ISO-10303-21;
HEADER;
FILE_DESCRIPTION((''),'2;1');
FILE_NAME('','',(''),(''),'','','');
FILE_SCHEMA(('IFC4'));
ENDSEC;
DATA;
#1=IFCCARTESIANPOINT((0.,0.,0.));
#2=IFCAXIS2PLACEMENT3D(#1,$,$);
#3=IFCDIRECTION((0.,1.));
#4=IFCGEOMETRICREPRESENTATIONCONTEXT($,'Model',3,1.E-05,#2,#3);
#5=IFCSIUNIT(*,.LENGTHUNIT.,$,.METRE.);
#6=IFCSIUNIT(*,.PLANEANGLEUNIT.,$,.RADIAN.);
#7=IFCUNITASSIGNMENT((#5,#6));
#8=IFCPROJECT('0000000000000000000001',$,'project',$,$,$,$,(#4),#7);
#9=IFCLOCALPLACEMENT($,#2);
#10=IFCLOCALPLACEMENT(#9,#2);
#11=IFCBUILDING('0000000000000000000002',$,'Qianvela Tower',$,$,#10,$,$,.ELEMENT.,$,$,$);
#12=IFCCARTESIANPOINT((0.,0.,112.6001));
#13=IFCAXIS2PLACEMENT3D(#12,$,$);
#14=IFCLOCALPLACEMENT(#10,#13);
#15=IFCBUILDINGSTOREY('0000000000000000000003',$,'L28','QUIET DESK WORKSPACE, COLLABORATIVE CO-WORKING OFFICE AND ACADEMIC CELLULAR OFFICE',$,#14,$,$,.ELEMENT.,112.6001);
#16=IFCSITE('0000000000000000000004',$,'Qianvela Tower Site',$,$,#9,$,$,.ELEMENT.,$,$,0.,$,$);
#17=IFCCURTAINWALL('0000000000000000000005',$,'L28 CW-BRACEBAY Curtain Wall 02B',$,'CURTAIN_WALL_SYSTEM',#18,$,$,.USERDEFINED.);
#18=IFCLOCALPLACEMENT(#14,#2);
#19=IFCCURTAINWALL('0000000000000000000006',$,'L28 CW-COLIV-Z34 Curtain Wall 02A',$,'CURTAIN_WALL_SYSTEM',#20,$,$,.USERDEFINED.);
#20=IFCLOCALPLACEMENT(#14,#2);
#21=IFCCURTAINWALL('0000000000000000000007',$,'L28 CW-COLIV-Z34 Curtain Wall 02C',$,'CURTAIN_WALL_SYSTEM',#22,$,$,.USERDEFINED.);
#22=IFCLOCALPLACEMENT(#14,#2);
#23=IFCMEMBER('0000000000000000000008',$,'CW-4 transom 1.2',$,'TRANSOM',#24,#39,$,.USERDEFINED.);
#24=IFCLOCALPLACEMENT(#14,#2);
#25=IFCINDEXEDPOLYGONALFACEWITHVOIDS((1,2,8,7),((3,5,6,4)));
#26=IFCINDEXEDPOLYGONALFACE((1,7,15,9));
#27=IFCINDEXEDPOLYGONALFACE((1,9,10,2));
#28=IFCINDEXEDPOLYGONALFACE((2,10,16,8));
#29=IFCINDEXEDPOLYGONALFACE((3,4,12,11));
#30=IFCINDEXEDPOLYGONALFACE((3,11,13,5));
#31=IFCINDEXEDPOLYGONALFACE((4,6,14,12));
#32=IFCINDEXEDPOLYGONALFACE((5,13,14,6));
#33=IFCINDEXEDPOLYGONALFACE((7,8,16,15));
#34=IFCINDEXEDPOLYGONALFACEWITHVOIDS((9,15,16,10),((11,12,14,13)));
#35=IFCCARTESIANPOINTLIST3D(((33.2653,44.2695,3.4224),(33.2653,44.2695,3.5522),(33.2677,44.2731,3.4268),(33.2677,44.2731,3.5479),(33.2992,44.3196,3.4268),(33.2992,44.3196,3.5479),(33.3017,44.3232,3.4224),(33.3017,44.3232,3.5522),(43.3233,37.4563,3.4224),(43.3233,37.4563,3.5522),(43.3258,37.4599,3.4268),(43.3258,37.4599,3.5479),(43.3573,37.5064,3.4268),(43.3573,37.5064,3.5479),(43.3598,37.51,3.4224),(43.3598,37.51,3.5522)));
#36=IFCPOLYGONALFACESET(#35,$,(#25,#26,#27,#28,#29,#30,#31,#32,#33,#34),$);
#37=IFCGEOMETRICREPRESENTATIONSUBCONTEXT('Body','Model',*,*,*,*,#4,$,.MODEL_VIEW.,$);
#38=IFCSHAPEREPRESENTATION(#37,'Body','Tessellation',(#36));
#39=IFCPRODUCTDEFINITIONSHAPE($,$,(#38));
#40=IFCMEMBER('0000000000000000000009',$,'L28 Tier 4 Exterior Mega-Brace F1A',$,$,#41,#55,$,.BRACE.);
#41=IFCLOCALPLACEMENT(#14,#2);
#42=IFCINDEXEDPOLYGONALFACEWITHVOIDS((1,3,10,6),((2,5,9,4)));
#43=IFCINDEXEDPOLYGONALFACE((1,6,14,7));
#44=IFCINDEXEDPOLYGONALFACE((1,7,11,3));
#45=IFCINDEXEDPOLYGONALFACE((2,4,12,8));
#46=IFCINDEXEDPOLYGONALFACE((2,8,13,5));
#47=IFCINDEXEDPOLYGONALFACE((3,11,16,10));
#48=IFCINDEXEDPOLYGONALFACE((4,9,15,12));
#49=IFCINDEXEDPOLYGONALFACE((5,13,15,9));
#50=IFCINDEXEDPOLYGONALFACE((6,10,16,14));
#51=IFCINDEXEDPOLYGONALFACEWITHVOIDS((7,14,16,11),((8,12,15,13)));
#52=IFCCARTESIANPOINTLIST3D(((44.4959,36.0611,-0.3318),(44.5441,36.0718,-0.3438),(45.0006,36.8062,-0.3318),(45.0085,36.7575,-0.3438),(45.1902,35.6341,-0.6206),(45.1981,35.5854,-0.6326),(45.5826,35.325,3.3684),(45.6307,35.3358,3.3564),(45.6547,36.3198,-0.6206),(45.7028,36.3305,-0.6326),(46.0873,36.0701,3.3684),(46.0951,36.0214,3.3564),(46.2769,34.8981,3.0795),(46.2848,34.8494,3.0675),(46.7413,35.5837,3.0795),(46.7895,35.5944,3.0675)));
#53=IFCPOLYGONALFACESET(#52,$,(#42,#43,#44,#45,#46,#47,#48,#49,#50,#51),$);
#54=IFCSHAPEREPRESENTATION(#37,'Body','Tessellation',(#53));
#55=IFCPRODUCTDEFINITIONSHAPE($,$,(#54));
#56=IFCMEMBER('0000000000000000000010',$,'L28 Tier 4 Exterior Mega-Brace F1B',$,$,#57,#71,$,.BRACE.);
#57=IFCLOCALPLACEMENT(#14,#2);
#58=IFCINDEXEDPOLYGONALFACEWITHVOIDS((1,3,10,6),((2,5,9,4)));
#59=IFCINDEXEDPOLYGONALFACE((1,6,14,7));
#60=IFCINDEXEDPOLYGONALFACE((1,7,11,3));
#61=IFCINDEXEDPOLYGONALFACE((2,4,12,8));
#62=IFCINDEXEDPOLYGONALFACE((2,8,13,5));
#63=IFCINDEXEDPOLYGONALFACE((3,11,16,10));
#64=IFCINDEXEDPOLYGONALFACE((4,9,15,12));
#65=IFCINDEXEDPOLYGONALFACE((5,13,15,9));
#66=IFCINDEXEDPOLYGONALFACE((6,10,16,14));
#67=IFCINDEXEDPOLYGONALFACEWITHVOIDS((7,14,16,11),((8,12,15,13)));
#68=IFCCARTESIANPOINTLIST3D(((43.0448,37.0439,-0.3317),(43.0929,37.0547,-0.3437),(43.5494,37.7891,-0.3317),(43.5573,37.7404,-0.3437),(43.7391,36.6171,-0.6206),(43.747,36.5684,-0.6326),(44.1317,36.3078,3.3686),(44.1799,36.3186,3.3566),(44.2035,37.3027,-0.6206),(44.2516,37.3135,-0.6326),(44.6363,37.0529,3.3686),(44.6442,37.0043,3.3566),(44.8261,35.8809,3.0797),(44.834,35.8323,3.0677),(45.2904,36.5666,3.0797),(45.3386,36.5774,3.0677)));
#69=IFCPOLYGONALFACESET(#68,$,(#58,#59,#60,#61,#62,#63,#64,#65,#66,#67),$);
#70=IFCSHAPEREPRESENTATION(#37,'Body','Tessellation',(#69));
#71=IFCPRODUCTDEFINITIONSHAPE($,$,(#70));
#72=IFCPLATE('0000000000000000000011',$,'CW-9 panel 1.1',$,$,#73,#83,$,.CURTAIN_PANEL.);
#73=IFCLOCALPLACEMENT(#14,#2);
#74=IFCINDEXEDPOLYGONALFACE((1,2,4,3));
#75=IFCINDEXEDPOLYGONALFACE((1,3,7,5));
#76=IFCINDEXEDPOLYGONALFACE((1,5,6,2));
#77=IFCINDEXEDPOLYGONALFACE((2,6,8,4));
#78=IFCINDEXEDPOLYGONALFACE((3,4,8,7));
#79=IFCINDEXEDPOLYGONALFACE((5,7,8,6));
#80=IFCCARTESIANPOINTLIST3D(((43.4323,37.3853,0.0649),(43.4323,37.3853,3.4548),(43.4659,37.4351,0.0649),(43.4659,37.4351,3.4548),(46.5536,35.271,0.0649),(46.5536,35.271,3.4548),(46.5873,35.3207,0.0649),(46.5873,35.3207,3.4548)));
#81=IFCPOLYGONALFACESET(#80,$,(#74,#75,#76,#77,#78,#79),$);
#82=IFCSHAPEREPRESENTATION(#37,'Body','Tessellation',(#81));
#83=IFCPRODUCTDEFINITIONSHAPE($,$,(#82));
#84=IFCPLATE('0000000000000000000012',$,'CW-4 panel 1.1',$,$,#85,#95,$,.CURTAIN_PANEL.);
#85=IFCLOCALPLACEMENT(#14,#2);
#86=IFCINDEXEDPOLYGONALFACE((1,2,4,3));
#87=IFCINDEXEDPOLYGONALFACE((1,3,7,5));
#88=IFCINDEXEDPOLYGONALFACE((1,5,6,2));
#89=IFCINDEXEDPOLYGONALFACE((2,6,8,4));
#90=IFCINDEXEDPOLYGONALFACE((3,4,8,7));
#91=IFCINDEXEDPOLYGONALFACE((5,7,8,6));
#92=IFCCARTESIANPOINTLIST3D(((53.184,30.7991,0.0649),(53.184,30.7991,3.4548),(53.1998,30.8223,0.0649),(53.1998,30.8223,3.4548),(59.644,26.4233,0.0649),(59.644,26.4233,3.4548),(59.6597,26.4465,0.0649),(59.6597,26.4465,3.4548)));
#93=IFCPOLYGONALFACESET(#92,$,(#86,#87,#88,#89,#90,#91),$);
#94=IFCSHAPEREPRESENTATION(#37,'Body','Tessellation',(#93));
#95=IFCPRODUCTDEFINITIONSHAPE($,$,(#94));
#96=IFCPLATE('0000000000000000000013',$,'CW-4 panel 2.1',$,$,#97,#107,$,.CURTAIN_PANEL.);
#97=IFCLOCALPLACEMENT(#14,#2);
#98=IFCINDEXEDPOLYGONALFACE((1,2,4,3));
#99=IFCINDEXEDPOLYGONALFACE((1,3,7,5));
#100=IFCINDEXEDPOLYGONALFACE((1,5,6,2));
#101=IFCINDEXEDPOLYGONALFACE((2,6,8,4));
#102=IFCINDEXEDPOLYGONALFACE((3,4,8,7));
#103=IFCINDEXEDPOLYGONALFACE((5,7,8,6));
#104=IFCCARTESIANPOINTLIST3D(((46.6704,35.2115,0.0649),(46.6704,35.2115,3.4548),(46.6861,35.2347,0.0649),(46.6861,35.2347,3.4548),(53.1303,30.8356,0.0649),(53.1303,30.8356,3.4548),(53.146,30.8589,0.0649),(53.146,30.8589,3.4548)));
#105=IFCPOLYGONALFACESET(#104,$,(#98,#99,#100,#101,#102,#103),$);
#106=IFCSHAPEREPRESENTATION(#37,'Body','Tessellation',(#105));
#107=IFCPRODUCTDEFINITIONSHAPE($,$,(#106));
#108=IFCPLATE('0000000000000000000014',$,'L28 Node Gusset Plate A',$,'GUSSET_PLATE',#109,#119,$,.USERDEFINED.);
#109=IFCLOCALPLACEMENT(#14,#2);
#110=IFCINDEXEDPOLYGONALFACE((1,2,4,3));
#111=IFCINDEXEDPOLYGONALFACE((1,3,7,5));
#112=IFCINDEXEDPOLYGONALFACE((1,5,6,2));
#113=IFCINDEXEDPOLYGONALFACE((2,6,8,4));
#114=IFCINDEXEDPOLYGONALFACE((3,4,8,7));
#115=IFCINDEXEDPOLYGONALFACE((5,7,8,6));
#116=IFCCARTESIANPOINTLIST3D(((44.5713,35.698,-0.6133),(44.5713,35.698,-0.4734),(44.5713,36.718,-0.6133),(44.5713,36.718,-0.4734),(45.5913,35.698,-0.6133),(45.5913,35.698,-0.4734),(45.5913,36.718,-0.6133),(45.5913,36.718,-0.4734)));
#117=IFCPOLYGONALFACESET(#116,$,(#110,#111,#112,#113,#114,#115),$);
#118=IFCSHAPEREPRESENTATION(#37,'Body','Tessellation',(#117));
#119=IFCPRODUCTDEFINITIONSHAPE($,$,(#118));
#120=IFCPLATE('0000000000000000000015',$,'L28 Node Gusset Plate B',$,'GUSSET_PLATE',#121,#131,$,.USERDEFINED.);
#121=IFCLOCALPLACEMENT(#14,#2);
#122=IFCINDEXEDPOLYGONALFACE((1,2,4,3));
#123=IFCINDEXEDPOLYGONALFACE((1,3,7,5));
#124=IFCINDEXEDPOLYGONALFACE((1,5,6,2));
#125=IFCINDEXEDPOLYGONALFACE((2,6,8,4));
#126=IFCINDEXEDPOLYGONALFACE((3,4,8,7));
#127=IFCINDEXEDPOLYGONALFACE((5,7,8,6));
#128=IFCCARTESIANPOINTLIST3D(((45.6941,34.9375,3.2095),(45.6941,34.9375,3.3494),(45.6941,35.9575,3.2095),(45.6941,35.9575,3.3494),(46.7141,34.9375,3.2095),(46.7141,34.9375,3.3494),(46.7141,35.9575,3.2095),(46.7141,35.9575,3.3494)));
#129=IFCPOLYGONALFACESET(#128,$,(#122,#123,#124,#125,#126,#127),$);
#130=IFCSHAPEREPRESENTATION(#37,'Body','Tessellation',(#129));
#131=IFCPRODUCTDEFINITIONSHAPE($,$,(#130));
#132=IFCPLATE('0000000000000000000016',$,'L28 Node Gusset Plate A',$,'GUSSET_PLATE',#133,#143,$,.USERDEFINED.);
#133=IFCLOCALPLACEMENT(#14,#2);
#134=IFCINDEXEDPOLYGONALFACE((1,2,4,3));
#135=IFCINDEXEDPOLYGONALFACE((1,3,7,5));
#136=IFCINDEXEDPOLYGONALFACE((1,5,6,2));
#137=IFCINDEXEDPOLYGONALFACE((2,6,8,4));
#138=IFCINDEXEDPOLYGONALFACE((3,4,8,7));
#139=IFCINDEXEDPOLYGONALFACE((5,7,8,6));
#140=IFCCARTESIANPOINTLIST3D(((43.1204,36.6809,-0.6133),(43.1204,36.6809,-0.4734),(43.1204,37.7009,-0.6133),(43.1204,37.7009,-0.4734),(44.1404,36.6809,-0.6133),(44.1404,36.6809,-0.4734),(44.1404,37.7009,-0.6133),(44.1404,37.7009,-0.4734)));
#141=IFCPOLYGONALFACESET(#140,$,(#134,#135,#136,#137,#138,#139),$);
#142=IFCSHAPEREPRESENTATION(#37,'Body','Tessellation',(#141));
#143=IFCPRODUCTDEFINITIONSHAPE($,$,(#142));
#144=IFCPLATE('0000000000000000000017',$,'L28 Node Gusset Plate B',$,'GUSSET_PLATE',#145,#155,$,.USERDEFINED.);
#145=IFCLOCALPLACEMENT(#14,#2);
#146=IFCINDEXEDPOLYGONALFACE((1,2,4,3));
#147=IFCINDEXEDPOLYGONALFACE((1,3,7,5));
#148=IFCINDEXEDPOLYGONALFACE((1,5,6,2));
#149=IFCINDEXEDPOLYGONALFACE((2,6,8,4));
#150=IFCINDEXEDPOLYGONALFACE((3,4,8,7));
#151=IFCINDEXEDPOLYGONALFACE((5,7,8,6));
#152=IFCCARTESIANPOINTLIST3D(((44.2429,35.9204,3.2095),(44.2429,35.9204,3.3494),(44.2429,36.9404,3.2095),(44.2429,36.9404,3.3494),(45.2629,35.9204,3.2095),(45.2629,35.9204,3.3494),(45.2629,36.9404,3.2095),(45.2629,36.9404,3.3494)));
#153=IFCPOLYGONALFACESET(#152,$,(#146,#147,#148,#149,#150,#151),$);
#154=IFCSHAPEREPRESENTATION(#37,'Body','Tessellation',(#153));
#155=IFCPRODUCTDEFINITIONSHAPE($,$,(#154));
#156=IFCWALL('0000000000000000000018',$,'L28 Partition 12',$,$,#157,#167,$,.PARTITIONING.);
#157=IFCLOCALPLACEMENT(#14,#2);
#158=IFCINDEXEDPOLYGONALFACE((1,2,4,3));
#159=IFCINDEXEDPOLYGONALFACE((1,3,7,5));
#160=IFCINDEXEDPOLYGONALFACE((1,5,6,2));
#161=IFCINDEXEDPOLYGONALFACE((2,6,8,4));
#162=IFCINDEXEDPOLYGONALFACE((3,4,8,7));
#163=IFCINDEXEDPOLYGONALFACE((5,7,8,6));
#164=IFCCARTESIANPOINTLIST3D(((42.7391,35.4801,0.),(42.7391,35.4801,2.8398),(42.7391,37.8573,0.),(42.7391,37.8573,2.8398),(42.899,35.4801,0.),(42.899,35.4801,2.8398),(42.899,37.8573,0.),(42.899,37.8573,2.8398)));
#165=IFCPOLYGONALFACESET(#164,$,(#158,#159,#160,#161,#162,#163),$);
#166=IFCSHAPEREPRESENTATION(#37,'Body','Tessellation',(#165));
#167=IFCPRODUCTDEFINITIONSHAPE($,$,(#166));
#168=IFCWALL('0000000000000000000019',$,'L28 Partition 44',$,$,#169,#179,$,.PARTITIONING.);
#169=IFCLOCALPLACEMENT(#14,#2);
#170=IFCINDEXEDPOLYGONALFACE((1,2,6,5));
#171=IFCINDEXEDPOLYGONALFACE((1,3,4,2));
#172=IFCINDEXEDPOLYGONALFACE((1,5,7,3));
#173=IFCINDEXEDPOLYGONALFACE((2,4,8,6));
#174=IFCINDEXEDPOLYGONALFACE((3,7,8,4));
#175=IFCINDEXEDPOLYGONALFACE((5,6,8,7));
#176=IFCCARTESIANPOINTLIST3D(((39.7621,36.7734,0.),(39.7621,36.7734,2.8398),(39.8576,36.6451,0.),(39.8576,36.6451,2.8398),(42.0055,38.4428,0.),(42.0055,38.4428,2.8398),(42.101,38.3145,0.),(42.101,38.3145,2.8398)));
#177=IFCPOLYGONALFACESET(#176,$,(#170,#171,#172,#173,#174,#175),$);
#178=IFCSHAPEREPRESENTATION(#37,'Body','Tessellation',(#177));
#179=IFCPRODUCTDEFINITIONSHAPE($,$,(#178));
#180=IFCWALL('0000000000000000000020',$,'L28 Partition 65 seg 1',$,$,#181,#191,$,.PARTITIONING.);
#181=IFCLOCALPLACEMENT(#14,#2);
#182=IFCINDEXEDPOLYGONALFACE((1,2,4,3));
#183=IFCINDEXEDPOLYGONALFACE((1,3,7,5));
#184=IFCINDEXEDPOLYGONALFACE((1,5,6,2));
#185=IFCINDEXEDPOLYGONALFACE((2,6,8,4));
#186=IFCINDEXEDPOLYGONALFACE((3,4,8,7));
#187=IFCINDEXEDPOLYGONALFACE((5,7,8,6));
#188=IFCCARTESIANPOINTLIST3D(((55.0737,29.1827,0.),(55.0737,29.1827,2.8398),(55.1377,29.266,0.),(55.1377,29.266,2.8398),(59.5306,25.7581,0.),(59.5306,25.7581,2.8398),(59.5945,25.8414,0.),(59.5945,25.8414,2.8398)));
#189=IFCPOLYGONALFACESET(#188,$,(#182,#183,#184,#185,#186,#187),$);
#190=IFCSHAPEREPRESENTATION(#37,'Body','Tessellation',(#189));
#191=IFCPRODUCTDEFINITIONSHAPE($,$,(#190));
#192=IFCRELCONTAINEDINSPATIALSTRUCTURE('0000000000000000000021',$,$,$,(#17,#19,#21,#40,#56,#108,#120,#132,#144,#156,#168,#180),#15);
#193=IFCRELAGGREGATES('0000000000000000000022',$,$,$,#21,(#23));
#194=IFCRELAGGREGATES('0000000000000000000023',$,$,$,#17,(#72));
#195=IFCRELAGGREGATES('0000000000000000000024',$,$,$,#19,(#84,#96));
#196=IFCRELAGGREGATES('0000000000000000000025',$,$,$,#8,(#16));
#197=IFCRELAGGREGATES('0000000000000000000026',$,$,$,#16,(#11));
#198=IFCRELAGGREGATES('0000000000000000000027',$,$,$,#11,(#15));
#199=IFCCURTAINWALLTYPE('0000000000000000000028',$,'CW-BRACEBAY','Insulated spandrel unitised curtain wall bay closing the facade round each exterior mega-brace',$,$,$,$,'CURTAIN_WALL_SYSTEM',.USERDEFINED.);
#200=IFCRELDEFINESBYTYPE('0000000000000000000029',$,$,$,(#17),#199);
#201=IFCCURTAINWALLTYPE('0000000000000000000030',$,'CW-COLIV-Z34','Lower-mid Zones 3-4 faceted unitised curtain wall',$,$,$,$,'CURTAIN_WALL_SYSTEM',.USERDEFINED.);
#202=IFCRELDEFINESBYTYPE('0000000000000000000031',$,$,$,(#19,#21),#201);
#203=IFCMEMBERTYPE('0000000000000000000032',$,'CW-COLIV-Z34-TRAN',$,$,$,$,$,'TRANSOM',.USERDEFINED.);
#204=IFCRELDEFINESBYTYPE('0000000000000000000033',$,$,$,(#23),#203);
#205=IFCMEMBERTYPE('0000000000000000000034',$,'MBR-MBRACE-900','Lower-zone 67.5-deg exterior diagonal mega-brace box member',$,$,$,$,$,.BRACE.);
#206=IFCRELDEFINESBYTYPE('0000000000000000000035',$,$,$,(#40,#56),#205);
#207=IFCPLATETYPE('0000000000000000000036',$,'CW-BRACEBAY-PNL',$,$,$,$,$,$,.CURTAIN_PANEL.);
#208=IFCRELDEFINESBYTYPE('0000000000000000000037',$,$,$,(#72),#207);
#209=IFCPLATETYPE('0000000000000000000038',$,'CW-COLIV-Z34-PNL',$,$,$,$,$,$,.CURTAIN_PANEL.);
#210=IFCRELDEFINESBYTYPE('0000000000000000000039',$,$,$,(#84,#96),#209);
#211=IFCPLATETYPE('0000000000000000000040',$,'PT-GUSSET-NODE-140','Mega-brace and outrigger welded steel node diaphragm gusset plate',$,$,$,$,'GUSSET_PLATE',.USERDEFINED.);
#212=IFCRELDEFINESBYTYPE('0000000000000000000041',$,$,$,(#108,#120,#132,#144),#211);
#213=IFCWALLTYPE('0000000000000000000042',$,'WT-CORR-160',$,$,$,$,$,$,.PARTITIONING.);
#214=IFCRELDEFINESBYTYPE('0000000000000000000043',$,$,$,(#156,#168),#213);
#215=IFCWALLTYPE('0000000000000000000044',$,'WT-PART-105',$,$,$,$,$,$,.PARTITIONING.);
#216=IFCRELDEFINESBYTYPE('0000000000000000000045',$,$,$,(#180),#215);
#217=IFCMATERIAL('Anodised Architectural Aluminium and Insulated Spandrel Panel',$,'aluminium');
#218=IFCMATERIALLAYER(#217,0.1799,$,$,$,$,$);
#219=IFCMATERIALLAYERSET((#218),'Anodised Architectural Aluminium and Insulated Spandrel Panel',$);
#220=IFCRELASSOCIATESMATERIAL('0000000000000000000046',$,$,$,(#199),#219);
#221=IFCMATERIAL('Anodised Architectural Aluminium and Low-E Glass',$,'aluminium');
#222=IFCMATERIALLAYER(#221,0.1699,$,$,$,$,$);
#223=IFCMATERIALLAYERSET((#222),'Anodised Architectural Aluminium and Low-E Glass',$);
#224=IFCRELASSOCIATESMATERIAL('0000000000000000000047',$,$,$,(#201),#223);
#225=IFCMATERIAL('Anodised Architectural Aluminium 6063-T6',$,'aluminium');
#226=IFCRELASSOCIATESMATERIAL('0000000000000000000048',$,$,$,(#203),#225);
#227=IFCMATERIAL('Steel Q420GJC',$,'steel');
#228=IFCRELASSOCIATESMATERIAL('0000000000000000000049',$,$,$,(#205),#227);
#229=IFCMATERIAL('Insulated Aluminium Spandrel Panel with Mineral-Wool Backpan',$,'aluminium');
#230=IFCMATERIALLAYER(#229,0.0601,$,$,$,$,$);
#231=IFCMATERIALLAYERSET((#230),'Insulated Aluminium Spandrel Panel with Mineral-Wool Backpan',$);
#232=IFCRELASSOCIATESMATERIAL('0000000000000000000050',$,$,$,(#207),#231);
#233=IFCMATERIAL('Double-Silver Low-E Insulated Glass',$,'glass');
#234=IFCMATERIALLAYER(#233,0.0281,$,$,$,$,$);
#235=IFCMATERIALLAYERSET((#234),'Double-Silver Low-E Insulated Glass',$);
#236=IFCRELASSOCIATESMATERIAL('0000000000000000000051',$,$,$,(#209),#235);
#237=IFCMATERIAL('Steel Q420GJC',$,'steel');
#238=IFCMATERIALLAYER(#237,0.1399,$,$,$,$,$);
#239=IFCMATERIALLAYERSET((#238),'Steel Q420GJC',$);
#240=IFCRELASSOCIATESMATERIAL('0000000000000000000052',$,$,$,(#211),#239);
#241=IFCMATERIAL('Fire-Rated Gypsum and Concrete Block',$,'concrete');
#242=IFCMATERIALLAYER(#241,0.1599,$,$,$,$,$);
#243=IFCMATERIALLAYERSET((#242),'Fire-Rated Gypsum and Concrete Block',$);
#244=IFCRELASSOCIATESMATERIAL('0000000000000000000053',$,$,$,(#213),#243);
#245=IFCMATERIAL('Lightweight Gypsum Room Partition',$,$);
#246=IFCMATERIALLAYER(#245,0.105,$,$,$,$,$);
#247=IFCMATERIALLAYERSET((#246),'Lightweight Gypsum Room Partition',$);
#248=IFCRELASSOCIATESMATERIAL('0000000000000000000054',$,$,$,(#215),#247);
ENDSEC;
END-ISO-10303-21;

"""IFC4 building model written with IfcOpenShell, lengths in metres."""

from ifc_helpers import new_model, si_unit, direction, frame, frame_2d, origin, origin_2d, place, context, subcontext, project, spatial, rectangle, hollow_rectangle, extrude, material, layer, layer_set, material_profile, profile_set, type_object, element, aggregate, save


model = new_model("IFC4")

# Units and contexts
model_context = context("Model", 3, precision=1e-05, world=origin(), true_north=direction((0.0, 1.0)))
body_context = subcontext(model_context, "Body", "Model", "MODEL_VIEW")
ifc_project = project(units=[si_unit("LENGTHUNIT", "METRE"), si_unit("PLANEANGLEUNIT", "RADIAN")], contexts=[model_context])

# Site, building, storey
site_placement = place(None, origin())
site = spatial("IfcSite", under=ifc_project, at=site_placement, Name="Qianvela Tower Site", CompositionType="ELEMENT", RefElevation=0.0)
building_placement = place(site_placement, origin())
building = spatial("IfcBuilding", under=site, at=building_placement, Name="Qianvela Tower", CompositionType="ELEMENT")
storey_placement = place(building_placement, frame((0.0, 0.0, 112.6001)))
storey = spatial("IfcBuildingStorey", under=building, at=storey_placement, Name="L28", Description="QUIET DESK WORKSPACE, COLLABORATIVE CO-WORKING OFFICE AND ACADEMIC CELLULAR OFFICE", CompositionType="ELEMENT", Elevation=112.6001)

# Curtain walls
ifc_material_1 = material(Name="Anodised Architectural Aluminium and Insulated Spandrel Panel", Category="aluminium")
ifc_layer_1 = layer(ifc_material_1, 0.1799)
ifc_layer_set_1 = layer_set([ifc_layer_1], Name="Anodised Architectural Aluminium and Insulated Spandrel Panel")
curtain_wall_type_1 = type_object("IfcCurtainWallType", Name="CW-BRACEBAY", Description="Insulated spandrel unitised curtain wall bay closing the facade round each exterior mega-brace", ElementType="CURTAIN_WALL_SYSTEM", PredefinedType="USERDEFINED", material=ifc_layer_set_1)
curtain_wall_1_placement = place(storey_placement, origin())
curtain_wall_1 = element("IfcCurtainWall", 1, at=curtain_wall_1_placement, inside=storey, type_object=curtain_wall_type_1, Name="L28 CW-BRACEBAY Curtain Wall 02B", ObjectType="CURTAIN_WALL_SYSTEM", PredefinedType="USERDEFINED")
ifc_material_2 = material(Name="Anodised Architectural Aluminium and Low-E Glass", Category="aluminium")
ifc_layer_2 = layer(ifc_material_2, 0.1699)
ifc_layer_set_2 = layer_set([ifc_layer_2], Name="Anodised Architectural Aluminium and Low-E Glass")
curtain_wall_type_2 = type_object("IfcCurtainWallType", Name="CW-COLIV-Z34", Description="Lower-mid Zones 3-4 faceted unitised curtain wall", ElementType="CURTAIN_WALL_SYSTEM", PredefinedType="USERDEFINED", material=ifc_layer_set_2)
curtain_wall_2_placement = place(storey_placement, origin())
curtain_wall_2 = element("IfcCurtainWall", 2, at=curtain_wall_2_placement, inside=storey, type_object=curtain_wall_type_2, Name="L28 CW-COLIV-Z34 Curtain Wall 02A", ObjectType="CURTAIN_WALL_SYSTEM", PredefinedType="USERDEFINED")

# Curtain wall
curtain_wall_3_placement = place(storey_placement, origin())
curtain_wall_3 = element("IfcCurtainWall", 3, at=curtain_wall_3_placement, inside=storey, type_object=curtain_wall_type_2, Name="L28 CW-COLIV-Z34 Curtain Wall 02C", ObjectType="CURTAIN_WALL_SYSTEM", PredefinedType="USERDEFINED")

# Member
ifc_material_3 = material(Name="Anodised Architectural Aluminium 6063-T6", Category="aluminium")
ifc_material_profile_1 = material_profile(ifc_material_3, hollow_rectangle(XDim=0.0649, YDim=0.1299, WallThickness=0.0044, at=origin_2d()), Name="ALU-TRAN-65x130")
ifc_profile_set_1 = profile_set([ifc_material_profile_1], Name="Anodised Architectural Aluminium 6063-T6")
member_type_1 = type_object("IfcMemberType", Name="CW-COLIV-Z34-TRAN", ElementType="TRANSOM", PredefinedType="USERDEFINED", material=ifc_profile_set_1)
member_1_placement = place(storey_placement, frame((43.3416, 37.4832, 3.4873), z_axis=(-0.827931, 0.56083, 0.0), x_axis=(-0.56083, -0.827931, 0.0)))
member_1 = element("IfcMember", 4, at=member_1_placement, type_object=member_type_1, Name="CW-4 transom 1.2", ObjectType="TRANSOM", PredefinedType="USERDEFINED", context=body_context, shape_type="SweptSolid", body=[
    extrude(hollow_rectangle(XDim=0.0649, YDim=0.1299, WallThickness=0.0044, at=origin_2d()), origin(), (0.0, 0.0, 1.0), 12.1484),
])
aggregate(curtain_wall_3, [member_1])

# Members
ifc_material_4 = material(Name="Steel Q420GJC", Category="steel")
ifc_material_profile_2 = material_profile(ifc_material_4, hollow_rectangle(XDim=0.8999, YDim=0.8999, WallThickness=0.0359, at=origin_2d()), Name="MBOX-900x900x36")
ifc_profile_set_2 = profile_set([ifc_material_profile_2], Name="Steel Q420GJC")
member_type_2 = type_object("IfcMemberType", Name="MBR-MBRACE-900", Description="Lower-zone 67.5-deg exterior diagonal mega-brace box member", PredefinedType="BRACE", material=ifc_profile_set_2)
member_2_placement = place(storey_placement, frame((45.0994, 36.1958, -0.4822), z_axis=(0.276782, -0.187486, 0.942465), x_axis=(0.560823, 0.827935, 0.0)))
element("IfcMember", 5, at=member_2_placement, inside=storey, type_object=member_type_2, Name="L28 Tier 4 Exterior Mega-Brace F1A", PredefinedType="BRACE", context=body_context, shape_type="SweptSolid", body=[
    extrude(hollow_rectangle(XDim=0.8999, YDim=0.8999, WallThickness=0.0359, at=origin_2d()), origin(), (0.0, 0.0, 1.0), 3.926),
])
member_3_placement = place(storey_placement, frame((43.6482, 37.1787, -0.4822), z_axis=(0.27684, -0.187482, 0.942449), x_axis=(0.560737, 0.827994, 0.0)))
element("IfcMember", 6, at=member_3_placement, inside=storey, type_object=member_type_2, Name="L28 Tier 4 Exterior Mega-Brace F1B", PredefinedType="BRACE", context=body_context, shape_type="SweptSolid", body=[
    extrude(hollow_rectangle(XDim=0.8999, YDim=0.8999, WallThickness=0.0359, at=origin_2d()), origin(), (0.0, 0.0, 1.0), 3.9263),
])

# Plates
ifc_material_5 = material(Name="Insulated Aluminium Spandrel Panel with Mineral-Wool Backpan", Category="aluminium")
ifc_layer_3 = layer(ifc_material_5, 0.0601)
ifc_layer_set_3 = layer_set([ifc_layer_3], Name="Insulated Aluminium Spandrel Panel with Mineral-Wool Backpan")
plate_type_1 = type_object("IfcPlateType", Name="CW-BRACEBAY-PNL", PredefinedType="CURTAIN_PANEL", material=ifc_layer_set_3)
plate_1_placement = place(storey_placement, frame((45.0098, 36.353, 0.0649), z_axis=(0.0, 0.0, 1.0), x_axis=(-0.827933, 0.560827, 0.0)))
plate_1 = element("IfcPlate", 7, at=plate_1_placement, type_object=plate_type_1, Name="CW-9 panel 1.1", PredefinedType="CURTAIN_PANEL", context=body_context, shape_type="SweptSolid", body=[
    extrude(rectangle(XDim=3.77, YDim=0.0601, at=origin_2d()), origin(), (0.0, 0.0, 1.0), 3.3899),
])
aggregate(curtain_wall_1, [plate_1])
ifc_material_6 = material(Name="Double-Silver Low-E Insulated Glass", Category="glass")
ifc_layer_4 = layer(ifc_material_6, 0.0281)
ifc_layer_set_4 = layer_set([ifc_layer_4], Name="Double-Silver Low-E Insulated Glass")
plate_type_2 = type_object("IfcPlateType", Name="CW-COLIV-Z34-PNL", PredefinedType="CURTAIN_PANEL", material=ifc_layer_set_4)
plate_2_placement = place(storey_placement, frame((56.4219, 28.6228, 0.0649), z_axis=(0.0, 0.0, 1.0), x_axis=(-0.827933, 0.560827, 0.0)))
plate_2 = element("IfcPlate", 8, at=plate_2_placement, type_object=plate_type_2, Name="CW-4 panel 1.1", PredefinedType="CURTAIN_PANEL", context=body_context, shape_type="SweptSolid", body=[
    extrude(rectangle(XDim=7.8025, YDim=0.0281, at=origin_2d()), origin(), (0.0, 0.0, 1.0), 3.3899),
])
plate_3_placement = place(storey_placement, frame((49.9082, 33.0352, 0.0649), z_axis=(0.0, 0.0, 1.0), x_axis=(-0.827933, 0.560827, 0.0)))
plate_3 = element("IfcPlate", 9, at=plate_3_placement, type_object=plate_type_2, Name="CW-4 panel 2.1", PredefinedType="CURTAIN_PANEL", context=body_context, shape_type="SweptSolid", body=[
    extrude(rectangle(XDim=7.8025, YDim=0.0281, at=origin_2d()), origin(), (0.0, 0.0, 1.0), 3.3899),
])
aggregate(curtain_wall_2, [plate_2, plate_3])

# Plates
ifc_material_7 = material(Name="Steel Q420GJC", Category="steel")
ifc_layer_5 = layer(ifc_material_7, 0.1399)
ifc_layer_set_5 = layer_set([ifc_layer_5], Name="Steel Q420GJC")
plate_type_3 = type_object("IfcPlateType", Name="PT-GUSSET-NODE-140", Description="Mega-brace and outrigger welded steel node diaphragm gusset plate", ElementType="GUSSET_PLATE", PredefinedType="USERDEFINED", material=ifc_layer_set_5)
for number, where, z_axis, x_axis, name in (
    (10, (45.0813, 36.208, -0.6133), (0.0, 0.0, 1.0), (1.0, 0.0, 0.0), "L28 Node Gusset Plate A"),
    (11, (46.2041, 35.4475, 3.2095), (0.0, 0.0, 1.0), (1.0, 0.0, 0.0), "L28 Node Gusset Plate B"),
    (12, (43.6304, 37.1909, -0.6133), (0.0, 0.0, 1.0), (1.0, 0.0, 0.0), "L28 Node Gusset Plate A"),
    (13, (44.7529, 36.4304, 3.2095), (0.0, 0.0, 1.0), (1.0, 0.0, 0.0), "L28 Node Gusset Plate B"),
):
    element("IfcPlate", number, at=place(storey_placement, frame(where, z_axis=z_axis, x_axis=x_axis)), inside=storey, type_object=plate_type_3, Name=name, ObjectType="GUSSET_PLATE", PredefinedType="USERDEFINED", context=body_context, shape_type="SweptSolid", body=[
        extrude(rectangle(XDim=1.02, YDim=1.02, at=origin_2d()), origin(), (0.0, 0.0, 1.0), 0.1399),
    ])

# Walls
ifc_material_8 = material(Name="Fire-Rated Gypsum and Concrete Block", Category="concrete")
ifc_layer_6 = layer(ifc_material_8, 0.1599)
ifc_layer_set_6 = layer_set([ifc_layer_6], Name="Fire-Rated Gypsum and Concrete Block")
wall_type_1 = type_object("IfcWallType", Name="WT-CORR-160", PredefinedType="PARTITIONING", material=ifc_layer_set_6)
wall_1_placement = place(storey_placement, frame((42.8191, 37.8572, 0.0), z_axis=(0.0, 0.0, 1.0), x_axis=(0.0, -1.0, 0.0)))
element("IfcWall", 14, at=wall_1_placement, inside=storey, type_object=wall_type_1, Name="L28 Partition 12", PredefinedType="PARTITIONING", context=body_context, shape_type="SweptSolid", body=[
    extrude(rectangle(XDim=2.3772, YDim=0.1599, at=frame_2d((1.1885, 0.0))), origin(), (0.0, 0.0, 1.0), 2.8398),
])
wall_2_placement = place(storey_placement, frame((42.0532, 38.3787, 0.0), z_axis=(0.0, 0.0, 1.0), x_axis=(-0.802247, -0.596992, 0.0)))
element("IfcWall", 15, at=wall_2_placement, inside=storey, type_object=wall_type_1, Name="L28 Partition 44", PredefinedType="PARTITIONING", context=body_context, shape_type="SweptSolid", body=[
    extrude(rectangle(XDim=2.7964, YDim=0.1599, at=frame_2d((1.3982, 0.0))), origin(), (0.0, 0.0, 1.0), 2.8398),
])
ifc_material_9 = material(Name="Lightweight Gypsum Room Partition")
ifc_layer_7 = layer(ifc_material_9, 0.105)
ifc_layer_set_7 = layer_set([ifc_layer_7], Name="Lightweight Gypsum Room Partition")
wall_type_2 = type_object("IfcWallType", Name="WT-PART-105", PredefinedType="PARTITIONING", material=ifc_layer_set_7)
wall_3_placement = place(storey_placement, frame((55.1057, 29.2244, 0.0), z_axis=(0.0, 0.0, 1.0), x_axis=(0.792945, -0.609293, 0.0)))
element("IfcWall", 16, at=wall_3_placement, inside=storey, type_object=wall_type_2, Name="L28 Partition 65 seg 1", PredefinedType="PARTITIONING", context=body_context, shape_type="SweptSolid", body=[
    extrude(rectangle(XDim=5.6206, YDim=0.105, at=frame_2d((2.8103, 0.0))), origin(), (0.0, 0.0, 1.0), 2.8398),
])

save(model, "model.ifc")
